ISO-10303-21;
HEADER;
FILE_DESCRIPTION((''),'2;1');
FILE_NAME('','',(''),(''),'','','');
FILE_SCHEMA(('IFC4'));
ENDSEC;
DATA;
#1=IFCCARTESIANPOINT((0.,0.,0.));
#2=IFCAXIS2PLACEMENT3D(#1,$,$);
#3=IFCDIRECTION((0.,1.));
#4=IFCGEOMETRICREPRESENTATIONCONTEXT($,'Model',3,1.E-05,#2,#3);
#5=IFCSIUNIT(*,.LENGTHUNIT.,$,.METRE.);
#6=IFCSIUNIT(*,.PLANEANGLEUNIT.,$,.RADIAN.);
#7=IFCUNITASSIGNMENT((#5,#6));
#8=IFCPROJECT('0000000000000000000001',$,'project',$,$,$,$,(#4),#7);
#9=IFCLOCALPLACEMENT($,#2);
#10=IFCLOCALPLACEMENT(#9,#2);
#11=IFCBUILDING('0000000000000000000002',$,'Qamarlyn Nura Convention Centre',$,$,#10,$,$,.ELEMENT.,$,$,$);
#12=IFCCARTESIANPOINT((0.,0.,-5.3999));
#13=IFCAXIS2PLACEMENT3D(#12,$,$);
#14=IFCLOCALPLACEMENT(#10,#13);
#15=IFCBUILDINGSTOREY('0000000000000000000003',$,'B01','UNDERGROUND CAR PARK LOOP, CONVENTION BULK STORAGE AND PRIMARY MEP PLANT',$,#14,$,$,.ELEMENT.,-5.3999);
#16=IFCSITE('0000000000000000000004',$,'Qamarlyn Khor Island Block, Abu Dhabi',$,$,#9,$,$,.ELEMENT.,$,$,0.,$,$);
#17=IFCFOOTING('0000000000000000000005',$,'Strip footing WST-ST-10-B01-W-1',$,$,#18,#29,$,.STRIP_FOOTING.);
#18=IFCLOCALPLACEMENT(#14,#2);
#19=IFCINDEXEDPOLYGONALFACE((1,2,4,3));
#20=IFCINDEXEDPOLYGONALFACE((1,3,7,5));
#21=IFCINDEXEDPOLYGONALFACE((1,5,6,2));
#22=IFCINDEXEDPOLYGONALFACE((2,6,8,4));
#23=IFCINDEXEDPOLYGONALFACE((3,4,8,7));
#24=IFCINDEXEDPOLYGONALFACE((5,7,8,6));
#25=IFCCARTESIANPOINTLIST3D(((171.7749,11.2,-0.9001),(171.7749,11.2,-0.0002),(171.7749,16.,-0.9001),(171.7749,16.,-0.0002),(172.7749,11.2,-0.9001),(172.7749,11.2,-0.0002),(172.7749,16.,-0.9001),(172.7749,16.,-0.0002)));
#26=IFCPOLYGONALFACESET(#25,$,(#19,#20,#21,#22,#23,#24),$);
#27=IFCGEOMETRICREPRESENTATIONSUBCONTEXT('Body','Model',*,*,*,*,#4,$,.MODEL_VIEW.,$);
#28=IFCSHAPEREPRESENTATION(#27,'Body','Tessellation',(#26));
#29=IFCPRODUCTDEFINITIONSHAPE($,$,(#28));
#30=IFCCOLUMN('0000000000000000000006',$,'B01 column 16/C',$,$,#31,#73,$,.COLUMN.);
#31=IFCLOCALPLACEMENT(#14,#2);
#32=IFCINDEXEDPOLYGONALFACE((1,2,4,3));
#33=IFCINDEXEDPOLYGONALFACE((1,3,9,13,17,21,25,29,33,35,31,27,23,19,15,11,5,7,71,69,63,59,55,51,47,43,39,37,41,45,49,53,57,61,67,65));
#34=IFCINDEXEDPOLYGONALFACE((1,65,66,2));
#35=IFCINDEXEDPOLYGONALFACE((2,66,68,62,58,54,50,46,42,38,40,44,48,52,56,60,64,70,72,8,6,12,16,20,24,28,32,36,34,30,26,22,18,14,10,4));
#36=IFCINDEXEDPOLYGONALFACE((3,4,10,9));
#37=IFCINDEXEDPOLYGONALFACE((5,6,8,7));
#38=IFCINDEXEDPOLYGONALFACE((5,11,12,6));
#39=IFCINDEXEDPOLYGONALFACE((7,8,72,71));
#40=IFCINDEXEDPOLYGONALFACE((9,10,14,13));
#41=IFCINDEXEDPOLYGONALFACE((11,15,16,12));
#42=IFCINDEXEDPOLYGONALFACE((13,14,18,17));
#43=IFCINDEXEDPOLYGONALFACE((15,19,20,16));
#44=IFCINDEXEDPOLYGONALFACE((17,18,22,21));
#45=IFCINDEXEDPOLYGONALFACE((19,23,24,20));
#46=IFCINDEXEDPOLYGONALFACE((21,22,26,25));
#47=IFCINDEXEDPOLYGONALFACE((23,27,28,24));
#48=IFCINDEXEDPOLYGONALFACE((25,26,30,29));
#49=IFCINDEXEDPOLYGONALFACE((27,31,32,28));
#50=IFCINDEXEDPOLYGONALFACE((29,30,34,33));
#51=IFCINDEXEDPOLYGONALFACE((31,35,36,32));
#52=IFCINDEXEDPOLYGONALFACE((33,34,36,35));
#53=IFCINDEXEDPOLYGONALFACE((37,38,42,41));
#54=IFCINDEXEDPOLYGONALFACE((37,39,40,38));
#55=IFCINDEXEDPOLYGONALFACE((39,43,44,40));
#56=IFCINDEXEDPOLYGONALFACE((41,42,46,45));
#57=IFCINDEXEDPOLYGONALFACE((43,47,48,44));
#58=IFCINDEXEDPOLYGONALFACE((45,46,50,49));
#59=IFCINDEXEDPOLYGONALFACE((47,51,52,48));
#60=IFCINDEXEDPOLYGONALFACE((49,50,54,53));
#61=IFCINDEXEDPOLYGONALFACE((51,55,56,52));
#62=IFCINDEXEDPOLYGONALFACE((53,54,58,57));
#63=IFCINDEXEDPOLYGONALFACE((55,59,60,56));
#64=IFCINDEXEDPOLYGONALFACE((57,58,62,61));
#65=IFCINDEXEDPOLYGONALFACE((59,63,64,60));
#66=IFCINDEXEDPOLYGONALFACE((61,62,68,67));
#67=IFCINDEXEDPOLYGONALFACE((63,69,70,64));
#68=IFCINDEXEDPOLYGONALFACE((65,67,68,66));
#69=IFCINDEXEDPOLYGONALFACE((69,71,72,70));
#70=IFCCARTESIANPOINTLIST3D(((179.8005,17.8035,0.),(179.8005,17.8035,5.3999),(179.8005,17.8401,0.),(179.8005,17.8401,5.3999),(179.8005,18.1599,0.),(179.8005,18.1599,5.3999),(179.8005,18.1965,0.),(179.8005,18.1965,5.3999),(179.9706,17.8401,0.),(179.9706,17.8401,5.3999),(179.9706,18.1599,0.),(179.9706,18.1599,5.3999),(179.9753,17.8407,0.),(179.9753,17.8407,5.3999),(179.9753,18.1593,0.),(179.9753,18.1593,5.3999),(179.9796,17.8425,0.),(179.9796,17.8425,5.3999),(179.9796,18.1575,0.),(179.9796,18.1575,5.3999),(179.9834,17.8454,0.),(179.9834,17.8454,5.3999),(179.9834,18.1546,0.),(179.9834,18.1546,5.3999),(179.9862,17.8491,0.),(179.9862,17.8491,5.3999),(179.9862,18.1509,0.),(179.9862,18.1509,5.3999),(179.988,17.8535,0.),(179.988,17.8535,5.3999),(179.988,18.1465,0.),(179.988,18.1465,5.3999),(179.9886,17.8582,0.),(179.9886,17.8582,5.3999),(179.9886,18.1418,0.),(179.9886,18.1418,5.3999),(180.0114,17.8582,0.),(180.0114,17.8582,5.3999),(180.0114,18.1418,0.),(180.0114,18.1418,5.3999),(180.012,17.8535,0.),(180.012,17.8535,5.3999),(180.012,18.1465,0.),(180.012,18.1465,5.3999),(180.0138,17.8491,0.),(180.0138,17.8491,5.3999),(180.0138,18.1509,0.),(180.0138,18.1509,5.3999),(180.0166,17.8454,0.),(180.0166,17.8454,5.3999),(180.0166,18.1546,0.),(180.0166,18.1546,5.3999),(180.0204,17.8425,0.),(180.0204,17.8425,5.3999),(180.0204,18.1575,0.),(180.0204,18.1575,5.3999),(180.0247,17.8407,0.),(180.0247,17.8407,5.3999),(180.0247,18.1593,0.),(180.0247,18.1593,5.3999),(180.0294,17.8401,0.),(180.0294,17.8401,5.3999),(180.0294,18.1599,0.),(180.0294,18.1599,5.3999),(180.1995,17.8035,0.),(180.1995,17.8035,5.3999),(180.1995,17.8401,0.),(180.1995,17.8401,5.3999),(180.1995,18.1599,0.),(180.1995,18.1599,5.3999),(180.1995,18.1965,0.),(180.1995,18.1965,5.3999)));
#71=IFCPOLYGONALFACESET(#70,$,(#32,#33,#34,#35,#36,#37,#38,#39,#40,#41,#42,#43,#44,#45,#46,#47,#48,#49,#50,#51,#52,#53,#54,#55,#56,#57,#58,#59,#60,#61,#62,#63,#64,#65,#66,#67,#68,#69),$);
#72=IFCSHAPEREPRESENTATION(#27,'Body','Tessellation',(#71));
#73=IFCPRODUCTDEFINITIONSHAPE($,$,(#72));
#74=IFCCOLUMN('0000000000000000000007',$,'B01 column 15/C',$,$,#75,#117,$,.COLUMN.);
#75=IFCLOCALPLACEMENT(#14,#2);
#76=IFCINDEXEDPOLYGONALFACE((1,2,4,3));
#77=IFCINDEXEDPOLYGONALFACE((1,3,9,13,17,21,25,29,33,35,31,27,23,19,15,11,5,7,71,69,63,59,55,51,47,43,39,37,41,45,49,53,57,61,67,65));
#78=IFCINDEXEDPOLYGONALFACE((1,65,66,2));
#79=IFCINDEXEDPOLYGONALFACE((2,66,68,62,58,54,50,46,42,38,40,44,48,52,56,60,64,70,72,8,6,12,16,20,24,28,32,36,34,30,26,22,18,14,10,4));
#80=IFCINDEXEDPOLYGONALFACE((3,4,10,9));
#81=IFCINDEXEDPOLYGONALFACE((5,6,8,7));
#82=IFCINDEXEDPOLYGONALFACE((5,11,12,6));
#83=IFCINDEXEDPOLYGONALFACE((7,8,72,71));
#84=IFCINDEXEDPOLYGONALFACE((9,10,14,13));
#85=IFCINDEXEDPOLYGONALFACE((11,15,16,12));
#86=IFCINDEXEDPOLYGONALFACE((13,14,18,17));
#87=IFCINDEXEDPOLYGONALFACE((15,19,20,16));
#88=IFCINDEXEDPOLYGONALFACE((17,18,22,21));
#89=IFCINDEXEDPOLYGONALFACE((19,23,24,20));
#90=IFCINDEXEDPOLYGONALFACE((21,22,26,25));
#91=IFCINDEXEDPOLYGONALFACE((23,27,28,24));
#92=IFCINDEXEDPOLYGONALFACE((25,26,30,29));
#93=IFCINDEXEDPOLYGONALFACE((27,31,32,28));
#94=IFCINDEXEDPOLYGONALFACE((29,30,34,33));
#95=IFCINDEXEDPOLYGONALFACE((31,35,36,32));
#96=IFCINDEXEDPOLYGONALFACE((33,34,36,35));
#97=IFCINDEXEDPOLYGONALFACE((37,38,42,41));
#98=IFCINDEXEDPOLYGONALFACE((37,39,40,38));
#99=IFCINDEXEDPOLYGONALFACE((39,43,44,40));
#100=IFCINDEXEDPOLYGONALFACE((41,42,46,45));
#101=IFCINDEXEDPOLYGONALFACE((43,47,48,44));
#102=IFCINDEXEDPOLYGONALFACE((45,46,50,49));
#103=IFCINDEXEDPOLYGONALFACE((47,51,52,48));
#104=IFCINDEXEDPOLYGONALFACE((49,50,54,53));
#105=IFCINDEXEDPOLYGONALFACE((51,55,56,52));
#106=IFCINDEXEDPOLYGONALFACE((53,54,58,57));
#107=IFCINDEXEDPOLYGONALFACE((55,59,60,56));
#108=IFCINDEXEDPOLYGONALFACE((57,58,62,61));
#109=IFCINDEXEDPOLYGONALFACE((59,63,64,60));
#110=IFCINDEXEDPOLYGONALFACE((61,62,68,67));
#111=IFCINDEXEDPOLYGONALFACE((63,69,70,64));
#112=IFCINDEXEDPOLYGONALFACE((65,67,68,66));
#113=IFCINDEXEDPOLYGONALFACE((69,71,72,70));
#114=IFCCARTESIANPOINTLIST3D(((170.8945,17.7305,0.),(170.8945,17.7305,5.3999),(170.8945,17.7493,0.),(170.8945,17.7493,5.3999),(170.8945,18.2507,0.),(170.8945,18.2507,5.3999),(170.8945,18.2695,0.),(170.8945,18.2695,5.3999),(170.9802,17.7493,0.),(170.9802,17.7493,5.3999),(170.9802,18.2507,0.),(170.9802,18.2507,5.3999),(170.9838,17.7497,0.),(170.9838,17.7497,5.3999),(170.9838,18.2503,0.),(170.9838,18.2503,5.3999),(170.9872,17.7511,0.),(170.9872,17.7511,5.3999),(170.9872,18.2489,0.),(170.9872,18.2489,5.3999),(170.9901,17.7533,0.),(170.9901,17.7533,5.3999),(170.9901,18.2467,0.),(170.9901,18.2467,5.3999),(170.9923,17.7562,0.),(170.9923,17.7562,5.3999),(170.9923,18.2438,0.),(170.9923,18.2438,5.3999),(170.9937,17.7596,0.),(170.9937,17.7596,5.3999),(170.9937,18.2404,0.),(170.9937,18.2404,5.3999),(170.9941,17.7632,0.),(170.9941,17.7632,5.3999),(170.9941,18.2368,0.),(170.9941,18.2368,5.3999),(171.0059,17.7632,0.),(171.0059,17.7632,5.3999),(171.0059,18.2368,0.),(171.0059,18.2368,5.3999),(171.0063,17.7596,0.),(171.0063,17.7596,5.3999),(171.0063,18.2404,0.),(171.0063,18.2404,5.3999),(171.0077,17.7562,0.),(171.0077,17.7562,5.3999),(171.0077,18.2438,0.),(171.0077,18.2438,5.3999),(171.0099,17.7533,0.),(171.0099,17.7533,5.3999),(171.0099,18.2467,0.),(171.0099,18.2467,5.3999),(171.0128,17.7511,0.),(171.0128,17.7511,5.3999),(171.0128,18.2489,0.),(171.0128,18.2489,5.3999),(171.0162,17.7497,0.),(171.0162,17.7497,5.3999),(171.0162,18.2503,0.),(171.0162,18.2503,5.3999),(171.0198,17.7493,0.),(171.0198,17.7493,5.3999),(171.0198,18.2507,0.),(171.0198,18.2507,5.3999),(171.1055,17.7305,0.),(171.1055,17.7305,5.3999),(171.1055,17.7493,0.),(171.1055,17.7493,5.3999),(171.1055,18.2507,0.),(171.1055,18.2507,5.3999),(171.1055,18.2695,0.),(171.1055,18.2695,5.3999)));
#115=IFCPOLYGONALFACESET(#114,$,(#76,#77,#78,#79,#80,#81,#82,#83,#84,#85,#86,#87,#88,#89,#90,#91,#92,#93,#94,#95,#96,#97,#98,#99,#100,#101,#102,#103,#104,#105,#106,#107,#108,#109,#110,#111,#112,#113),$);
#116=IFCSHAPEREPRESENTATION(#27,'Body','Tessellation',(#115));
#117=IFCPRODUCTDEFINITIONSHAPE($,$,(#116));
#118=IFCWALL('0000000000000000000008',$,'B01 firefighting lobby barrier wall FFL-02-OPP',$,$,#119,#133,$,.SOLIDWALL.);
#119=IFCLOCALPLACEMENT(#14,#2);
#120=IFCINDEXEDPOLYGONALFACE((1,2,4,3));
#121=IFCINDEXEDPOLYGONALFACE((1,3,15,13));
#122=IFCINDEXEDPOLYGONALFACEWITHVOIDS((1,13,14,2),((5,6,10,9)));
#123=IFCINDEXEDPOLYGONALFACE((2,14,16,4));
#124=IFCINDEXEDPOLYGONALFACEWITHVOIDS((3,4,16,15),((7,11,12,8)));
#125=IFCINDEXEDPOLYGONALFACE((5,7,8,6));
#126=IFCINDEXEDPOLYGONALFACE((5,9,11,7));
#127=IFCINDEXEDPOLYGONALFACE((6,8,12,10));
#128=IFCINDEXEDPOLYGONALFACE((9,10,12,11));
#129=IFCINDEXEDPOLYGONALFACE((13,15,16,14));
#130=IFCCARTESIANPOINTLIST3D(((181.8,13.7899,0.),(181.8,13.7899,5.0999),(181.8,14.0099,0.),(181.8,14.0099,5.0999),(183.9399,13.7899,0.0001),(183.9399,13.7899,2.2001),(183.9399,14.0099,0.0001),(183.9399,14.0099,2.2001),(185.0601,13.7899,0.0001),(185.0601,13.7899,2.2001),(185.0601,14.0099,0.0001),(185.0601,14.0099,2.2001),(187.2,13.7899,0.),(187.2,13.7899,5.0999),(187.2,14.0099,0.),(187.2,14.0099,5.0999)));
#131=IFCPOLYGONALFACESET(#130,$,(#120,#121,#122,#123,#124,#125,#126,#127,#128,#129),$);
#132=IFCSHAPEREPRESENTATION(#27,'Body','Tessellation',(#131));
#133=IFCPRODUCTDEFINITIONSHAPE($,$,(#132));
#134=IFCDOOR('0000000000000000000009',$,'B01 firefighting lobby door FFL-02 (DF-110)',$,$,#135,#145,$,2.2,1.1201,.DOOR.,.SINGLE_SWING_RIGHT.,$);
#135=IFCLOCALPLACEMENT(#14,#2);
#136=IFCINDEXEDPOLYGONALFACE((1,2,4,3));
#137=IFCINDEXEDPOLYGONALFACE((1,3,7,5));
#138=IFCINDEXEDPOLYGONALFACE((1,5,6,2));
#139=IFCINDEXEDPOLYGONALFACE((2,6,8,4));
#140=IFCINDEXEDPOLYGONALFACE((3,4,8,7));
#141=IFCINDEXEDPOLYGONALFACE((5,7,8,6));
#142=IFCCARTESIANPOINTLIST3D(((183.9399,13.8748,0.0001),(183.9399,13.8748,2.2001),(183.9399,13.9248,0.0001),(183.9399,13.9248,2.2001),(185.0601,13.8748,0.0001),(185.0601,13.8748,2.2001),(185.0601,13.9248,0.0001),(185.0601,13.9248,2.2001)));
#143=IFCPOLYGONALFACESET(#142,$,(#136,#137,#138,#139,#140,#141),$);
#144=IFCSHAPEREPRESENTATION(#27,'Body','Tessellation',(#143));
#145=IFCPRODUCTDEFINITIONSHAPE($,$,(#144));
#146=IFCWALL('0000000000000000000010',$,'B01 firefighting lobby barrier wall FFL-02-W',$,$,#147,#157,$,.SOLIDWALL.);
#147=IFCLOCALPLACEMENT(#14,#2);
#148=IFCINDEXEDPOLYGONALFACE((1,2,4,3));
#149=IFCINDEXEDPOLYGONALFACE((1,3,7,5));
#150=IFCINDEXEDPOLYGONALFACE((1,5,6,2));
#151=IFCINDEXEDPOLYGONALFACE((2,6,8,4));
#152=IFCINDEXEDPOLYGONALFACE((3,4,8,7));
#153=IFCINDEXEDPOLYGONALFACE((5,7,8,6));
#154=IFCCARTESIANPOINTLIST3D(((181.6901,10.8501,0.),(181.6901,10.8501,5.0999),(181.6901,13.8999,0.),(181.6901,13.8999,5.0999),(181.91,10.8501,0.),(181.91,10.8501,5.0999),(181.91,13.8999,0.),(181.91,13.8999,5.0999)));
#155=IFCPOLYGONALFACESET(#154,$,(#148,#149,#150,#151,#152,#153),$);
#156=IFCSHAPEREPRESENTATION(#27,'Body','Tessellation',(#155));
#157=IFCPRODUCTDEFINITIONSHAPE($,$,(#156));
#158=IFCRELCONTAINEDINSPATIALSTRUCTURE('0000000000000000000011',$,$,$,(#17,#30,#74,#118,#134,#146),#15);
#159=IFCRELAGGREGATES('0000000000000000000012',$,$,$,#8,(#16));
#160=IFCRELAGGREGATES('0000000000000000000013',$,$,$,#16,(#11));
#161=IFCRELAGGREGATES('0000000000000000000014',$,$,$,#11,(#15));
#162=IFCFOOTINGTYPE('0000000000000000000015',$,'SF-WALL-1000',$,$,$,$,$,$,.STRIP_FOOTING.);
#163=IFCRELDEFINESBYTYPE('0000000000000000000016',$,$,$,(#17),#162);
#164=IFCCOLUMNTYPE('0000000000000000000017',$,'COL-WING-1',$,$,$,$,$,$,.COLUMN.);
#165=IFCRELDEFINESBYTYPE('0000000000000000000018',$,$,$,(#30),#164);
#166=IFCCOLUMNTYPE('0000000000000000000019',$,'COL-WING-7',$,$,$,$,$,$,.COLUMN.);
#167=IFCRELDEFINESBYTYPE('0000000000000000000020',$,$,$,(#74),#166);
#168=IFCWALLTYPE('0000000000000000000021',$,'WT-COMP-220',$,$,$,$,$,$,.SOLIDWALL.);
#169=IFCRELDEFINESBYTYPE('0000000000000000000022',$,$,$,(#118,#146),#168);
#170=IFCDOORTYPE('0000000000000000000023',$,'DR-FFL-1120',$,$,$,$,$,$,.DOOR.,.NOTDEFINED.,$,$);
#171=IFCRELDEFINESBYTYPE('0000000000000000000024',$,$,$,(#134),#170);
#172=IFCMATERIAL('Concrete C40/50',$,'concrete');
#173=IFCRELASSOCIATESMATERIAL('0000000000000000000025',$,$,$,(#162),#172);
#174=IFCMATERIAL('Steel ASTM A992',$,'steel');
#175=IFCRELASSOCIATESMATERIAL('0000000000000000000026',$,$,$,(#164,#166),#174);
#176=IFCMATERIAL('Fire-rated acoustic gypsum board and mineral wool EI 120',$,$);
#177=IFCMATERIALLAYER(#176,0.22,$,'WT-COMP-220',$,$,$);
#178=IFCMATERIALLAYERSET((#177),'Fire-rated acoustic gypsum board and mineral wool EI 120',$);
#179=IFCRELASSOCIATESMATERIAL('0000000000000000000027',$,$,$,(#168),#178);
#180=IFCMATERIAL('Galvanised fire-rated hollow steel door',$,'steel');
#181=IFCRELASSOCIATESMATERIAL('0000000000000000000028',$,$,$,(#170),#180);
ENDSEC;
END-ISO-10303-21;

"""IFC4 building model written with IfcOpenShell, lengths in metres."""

from ifc_helpers import new_model, si_unit, direction, frame, frame_2d, origin, origin_2d, place, context, subcontext, project, spatial, rectangle, i_section, extrude, material, layer, layer_set, material_profile, profile_set, type_object, element, fill, save


model = new_model("IFC4")

# Units and contexts
model_context = context("Model", 3, precision=1e-05, world=origin(), true_north=direction((0.0, 1.0)))
body_context = subcontext(model_context, "Body", "Model", "MODEL_VIEW")
ifc_project = project(units=[si_unit("LENGTHUNIT", "METRE"), si_unit("PLANEANGLEUNIT", "RADIAN")], contexts=[model_context])

# Site, building, storey
site_placement = place(None, origin())
site = spatial("IfcSite", under=ifc_project, at=site_placement, Name="Qamarlyn Khor Island Block, Abu Dhabi", CompositionType="ELEMENT", RefElevation=0.0)
building_placement = place(site_placement, origin())
building = spatial("IfcBuilding", under=site, at=building_placement, Name="Qamarlyn Nura Convention Centre", CompositionType="ELEMENT")
storey_placement = place(building_placement, frame((0.0, 0.0, -5.3999)))
storey = spatial("IfcBuildingStorey", under=building, at=storey_placement, Name="B01", Description="UNDERGROUND CAR PARK LOOP, CONVENTION BULK STORAGE AND PRIMARY MEP PLANT", CompositionType="ELEMENT", Elevation=-5.3999)

# Shared definitions
ifc_material_1 = material(Name="Concrete C40/50", Category="concrete")

# Footing
ifc_material_profile_1 = material_profile(ifc_material_1, rectangle(XDim=1.0, YDim=0.8999, at=origin_2d()), Name="RC STRIP 1000x900")
ifc_profile_set_1 = profile_set([ifc_material_profile_1], Name="Concrete C40/50")
footing_type_1 = type_object("IfcFootingType", Name="SF-WALL-1000", PredefinedType="STRIP_FOOTING", material=ifc_profile_set_1)
footing_1_placement = place(storey_placement, frame((172.2749, 16.0, -0.4502), z_axis=(0.0, -1.0, 0.0), x_axis=(1.0, 0.0, 0.0)))
element("IfcFooting", 1, at=footing_1_placement, inside=storey, type_object=footing_type_1, Name="Strip footing WST-ST-10-B01-W-1", PredefinedType="STRIP_FOOTING", context=body_context, shape_type="SweptSolid", body=[
    extrude(rectangle(XDim=1.0, YDim=0.8999, at=origin_2d()), origin(), (0.0, 0.0, 1.0), 4.8),
])

# Columns
ifc_material_2 = material(Name="Steel ASTM A992", Category="steel")
ifc_material_profile_2 = material_profile(ifc_material_2, i_section(OverallWidth=0.3989, OverallDepth=0.3931, WebThickness=0.0227, FlangeThickness=0.0366, FilletRadius=0.0181, at=origin_2d()), Name="W360X287")
ifc_profile_set_2 = profile_set([ifc_material_profile_2], Name="Steel ASTM A992")
column_type_1 = type_object("IfcColumnType", Name="COL-WING-1", PredefinedType="COLUMN", material=ifc_profile_set_2)
column_1_placement = place(storey_placement, frame((180.0, 18.0, 0.0), z_axis=(0.0, 0.0, 1.0), x_axis=(1.0, 0.0, 0.0)))
element("IfcColumn", 2, at=column_1_placement, inside=storey, type_object=column_type_1, Name="B01 column 16/C", PredefinedType="COLUMN", context=body_context, shape_type="SweptSolid", body=[
    extrude(i_section(OverallWidth=0.3989, OverallDepth=0.3931, WebThickness=0.0227, FlangeThickness=0.0366, FilletRadius=0.0181, at=origin_2d()), origin(), (0.0, 0.0, 1.0), 5.3999),
])
ifc_material_profile_3 = material_profile(ifc_material_2, i_section(OverallWidth=0.2109, OverallDepth=0.5391, WebThickness=0.0117, FlangeThickness=0.0188, FilletRadius=0.0139, at=origin_2d()), Name="W530X109")
ifc_profile_set_3 = profile_set([ifc_material_profile_3], Name="Steel ASTM A992")
column_type_2 = type_object("IfcColumnType", Name="COL-WING-7", PredefinedType="COLUMN", material=ifc_profile_set_3)
column_2_placement = place(storey_placement, frame((171.0, 18.0, 0.0), z_axis=(0.0, 0.0, 1.0), x_axis=(1.0, 0.0, 0.0)))
element("IfcColumn", 3, at=column_2_placement, inside=storey, type_object=column_type_2, Name="B01 column 15/C", PredefinedType="COLUMN", context=body_context, shape_type="SweptSolid", body=[
    extrude(i_section(OverallWidth=0.2109, OverallDepth=0.5391, WebThickness=0.0117, FlangeThickness=0.0188, FilletRadius=0.0139, at=origin_2d()), origin(), (0.0, 0.0, 1.0), 5.3999),
])

# Wall, opening, door
ifc_material_3 = material(Name="Fire-rated acoustic gypsum board and mineral wool EI 120")
ifc_layer_1 = layer(ifc_material_3, 0.22, Name="WT-COMP-220")
ifc_layer_set_1 = layer_set([ifc_layer_1], Name="Fire-rated acoustic gypsum board and mineral wool EI 120")
wall_type_1 = type_object("IfcWallType", Name="WT-COMP-220", PredefinedType="SOLIDWALL", material=ifc_layer_set_1)
wall_1_placement = place(storey_placement, frame((181.8, 13.8999, 0.0), z_axis=(0.0, 0.0, 1.0), x_axis=(1.0, 0.0, 0.0)))
wall_1 = element("IfcWall", 4, at=wall_1_placement, inside=storey, type_object=wall_type_1, Name="B01 firefighting lobby barrier wall FFL-02-OPP", PredefinedType="SOLIDWALL", context=body_context, shape_type="SweptSolid", body=[
    extrude(rectangle(XDim=5.3999, YDim=0.22, at=frame_2d((2.7, 0.0))), origin(), (0.0, 0.0, 1.0), 5.0999),
])
opening_1_placement = place(wall_1_placement, frame((2.1399, 0.0, 0.0)))
opening_1 = element("IfcOpeningElement", 5, at=opening_1_placement, cuts=wall_1, PredefinedType="OPENING", context=body_context, shape_type="SweptSolid", body=[
    extrude(rectangle(XDim=1.1201, YDim=2.2, at=frame_2d((0.5601, 1.1001))), frame((0.0, 0.1201, 0.0), z_axis=(0.0, -1.0, 0.0), x_axis=(1.0, 0.0, 0.0)), (0.0, 0.0, 1.0), 0.24),
])
ifc_material_4 = material(Name="Galvanised fire-rated hollow steel door", Category="steel")
door_type_1 = type_object("IfcDoorType", Name="DR-FFL-1120", OperationType="NOTDEFINED", PredefinedType="DOOR", material=ifc_material_4)
door_1_placement = place(opening_1_placement, origin())
door_1 = element("IfcDoor", 6, at=door_1_placement, inside=storey, type_object=door_type_1, Name="B01 firefighting lobby door FFL-02 (DF-110)", OperationType="SINGLE_SWING_RIGHT", OverallHeight=2.2, OverallWidth=1.1201, PredefinedType="DOOR", context=body_context, shape_type="SweptSolid", body=[
    extrude(rectangle(XDim=1.1201, YDim=2.2, at=frame_2d((0.5601, 1.1001))), frame((0.0, 0.0249, 0.0), z_axis=(0.0, -1.0, 0.0), x_axis=(1.0, 0.0, 0.0)), (0.0, 0.0, 1.0), 0.05),
])
fill(opening_1, door_1)

# Wall
wall_2_placement = place(storey_placement, frame((181.8, 10.8501, 0.0), z_axis=(0.0, 0.0, 1.0), x_axis=(0.0, 1.0, 0.0)))
element("IfcWall", 7, at=wall_2_placement, inside=storey, type_object=wall_type_1, Name="B01 firefighting lobby barrier wall FFL-02-W", PredefinedType="SOLIDWALL", context=body_context, shape_type="SweptSolid", body=[
    extrude(rectangle(XDim=3.0498, YDim=0.22, at=frame_2d((1.5249, 0.0))), origin(), (0.0, 0.0, 1.0), 5.0999),
])

save(model, "model.ifc")
